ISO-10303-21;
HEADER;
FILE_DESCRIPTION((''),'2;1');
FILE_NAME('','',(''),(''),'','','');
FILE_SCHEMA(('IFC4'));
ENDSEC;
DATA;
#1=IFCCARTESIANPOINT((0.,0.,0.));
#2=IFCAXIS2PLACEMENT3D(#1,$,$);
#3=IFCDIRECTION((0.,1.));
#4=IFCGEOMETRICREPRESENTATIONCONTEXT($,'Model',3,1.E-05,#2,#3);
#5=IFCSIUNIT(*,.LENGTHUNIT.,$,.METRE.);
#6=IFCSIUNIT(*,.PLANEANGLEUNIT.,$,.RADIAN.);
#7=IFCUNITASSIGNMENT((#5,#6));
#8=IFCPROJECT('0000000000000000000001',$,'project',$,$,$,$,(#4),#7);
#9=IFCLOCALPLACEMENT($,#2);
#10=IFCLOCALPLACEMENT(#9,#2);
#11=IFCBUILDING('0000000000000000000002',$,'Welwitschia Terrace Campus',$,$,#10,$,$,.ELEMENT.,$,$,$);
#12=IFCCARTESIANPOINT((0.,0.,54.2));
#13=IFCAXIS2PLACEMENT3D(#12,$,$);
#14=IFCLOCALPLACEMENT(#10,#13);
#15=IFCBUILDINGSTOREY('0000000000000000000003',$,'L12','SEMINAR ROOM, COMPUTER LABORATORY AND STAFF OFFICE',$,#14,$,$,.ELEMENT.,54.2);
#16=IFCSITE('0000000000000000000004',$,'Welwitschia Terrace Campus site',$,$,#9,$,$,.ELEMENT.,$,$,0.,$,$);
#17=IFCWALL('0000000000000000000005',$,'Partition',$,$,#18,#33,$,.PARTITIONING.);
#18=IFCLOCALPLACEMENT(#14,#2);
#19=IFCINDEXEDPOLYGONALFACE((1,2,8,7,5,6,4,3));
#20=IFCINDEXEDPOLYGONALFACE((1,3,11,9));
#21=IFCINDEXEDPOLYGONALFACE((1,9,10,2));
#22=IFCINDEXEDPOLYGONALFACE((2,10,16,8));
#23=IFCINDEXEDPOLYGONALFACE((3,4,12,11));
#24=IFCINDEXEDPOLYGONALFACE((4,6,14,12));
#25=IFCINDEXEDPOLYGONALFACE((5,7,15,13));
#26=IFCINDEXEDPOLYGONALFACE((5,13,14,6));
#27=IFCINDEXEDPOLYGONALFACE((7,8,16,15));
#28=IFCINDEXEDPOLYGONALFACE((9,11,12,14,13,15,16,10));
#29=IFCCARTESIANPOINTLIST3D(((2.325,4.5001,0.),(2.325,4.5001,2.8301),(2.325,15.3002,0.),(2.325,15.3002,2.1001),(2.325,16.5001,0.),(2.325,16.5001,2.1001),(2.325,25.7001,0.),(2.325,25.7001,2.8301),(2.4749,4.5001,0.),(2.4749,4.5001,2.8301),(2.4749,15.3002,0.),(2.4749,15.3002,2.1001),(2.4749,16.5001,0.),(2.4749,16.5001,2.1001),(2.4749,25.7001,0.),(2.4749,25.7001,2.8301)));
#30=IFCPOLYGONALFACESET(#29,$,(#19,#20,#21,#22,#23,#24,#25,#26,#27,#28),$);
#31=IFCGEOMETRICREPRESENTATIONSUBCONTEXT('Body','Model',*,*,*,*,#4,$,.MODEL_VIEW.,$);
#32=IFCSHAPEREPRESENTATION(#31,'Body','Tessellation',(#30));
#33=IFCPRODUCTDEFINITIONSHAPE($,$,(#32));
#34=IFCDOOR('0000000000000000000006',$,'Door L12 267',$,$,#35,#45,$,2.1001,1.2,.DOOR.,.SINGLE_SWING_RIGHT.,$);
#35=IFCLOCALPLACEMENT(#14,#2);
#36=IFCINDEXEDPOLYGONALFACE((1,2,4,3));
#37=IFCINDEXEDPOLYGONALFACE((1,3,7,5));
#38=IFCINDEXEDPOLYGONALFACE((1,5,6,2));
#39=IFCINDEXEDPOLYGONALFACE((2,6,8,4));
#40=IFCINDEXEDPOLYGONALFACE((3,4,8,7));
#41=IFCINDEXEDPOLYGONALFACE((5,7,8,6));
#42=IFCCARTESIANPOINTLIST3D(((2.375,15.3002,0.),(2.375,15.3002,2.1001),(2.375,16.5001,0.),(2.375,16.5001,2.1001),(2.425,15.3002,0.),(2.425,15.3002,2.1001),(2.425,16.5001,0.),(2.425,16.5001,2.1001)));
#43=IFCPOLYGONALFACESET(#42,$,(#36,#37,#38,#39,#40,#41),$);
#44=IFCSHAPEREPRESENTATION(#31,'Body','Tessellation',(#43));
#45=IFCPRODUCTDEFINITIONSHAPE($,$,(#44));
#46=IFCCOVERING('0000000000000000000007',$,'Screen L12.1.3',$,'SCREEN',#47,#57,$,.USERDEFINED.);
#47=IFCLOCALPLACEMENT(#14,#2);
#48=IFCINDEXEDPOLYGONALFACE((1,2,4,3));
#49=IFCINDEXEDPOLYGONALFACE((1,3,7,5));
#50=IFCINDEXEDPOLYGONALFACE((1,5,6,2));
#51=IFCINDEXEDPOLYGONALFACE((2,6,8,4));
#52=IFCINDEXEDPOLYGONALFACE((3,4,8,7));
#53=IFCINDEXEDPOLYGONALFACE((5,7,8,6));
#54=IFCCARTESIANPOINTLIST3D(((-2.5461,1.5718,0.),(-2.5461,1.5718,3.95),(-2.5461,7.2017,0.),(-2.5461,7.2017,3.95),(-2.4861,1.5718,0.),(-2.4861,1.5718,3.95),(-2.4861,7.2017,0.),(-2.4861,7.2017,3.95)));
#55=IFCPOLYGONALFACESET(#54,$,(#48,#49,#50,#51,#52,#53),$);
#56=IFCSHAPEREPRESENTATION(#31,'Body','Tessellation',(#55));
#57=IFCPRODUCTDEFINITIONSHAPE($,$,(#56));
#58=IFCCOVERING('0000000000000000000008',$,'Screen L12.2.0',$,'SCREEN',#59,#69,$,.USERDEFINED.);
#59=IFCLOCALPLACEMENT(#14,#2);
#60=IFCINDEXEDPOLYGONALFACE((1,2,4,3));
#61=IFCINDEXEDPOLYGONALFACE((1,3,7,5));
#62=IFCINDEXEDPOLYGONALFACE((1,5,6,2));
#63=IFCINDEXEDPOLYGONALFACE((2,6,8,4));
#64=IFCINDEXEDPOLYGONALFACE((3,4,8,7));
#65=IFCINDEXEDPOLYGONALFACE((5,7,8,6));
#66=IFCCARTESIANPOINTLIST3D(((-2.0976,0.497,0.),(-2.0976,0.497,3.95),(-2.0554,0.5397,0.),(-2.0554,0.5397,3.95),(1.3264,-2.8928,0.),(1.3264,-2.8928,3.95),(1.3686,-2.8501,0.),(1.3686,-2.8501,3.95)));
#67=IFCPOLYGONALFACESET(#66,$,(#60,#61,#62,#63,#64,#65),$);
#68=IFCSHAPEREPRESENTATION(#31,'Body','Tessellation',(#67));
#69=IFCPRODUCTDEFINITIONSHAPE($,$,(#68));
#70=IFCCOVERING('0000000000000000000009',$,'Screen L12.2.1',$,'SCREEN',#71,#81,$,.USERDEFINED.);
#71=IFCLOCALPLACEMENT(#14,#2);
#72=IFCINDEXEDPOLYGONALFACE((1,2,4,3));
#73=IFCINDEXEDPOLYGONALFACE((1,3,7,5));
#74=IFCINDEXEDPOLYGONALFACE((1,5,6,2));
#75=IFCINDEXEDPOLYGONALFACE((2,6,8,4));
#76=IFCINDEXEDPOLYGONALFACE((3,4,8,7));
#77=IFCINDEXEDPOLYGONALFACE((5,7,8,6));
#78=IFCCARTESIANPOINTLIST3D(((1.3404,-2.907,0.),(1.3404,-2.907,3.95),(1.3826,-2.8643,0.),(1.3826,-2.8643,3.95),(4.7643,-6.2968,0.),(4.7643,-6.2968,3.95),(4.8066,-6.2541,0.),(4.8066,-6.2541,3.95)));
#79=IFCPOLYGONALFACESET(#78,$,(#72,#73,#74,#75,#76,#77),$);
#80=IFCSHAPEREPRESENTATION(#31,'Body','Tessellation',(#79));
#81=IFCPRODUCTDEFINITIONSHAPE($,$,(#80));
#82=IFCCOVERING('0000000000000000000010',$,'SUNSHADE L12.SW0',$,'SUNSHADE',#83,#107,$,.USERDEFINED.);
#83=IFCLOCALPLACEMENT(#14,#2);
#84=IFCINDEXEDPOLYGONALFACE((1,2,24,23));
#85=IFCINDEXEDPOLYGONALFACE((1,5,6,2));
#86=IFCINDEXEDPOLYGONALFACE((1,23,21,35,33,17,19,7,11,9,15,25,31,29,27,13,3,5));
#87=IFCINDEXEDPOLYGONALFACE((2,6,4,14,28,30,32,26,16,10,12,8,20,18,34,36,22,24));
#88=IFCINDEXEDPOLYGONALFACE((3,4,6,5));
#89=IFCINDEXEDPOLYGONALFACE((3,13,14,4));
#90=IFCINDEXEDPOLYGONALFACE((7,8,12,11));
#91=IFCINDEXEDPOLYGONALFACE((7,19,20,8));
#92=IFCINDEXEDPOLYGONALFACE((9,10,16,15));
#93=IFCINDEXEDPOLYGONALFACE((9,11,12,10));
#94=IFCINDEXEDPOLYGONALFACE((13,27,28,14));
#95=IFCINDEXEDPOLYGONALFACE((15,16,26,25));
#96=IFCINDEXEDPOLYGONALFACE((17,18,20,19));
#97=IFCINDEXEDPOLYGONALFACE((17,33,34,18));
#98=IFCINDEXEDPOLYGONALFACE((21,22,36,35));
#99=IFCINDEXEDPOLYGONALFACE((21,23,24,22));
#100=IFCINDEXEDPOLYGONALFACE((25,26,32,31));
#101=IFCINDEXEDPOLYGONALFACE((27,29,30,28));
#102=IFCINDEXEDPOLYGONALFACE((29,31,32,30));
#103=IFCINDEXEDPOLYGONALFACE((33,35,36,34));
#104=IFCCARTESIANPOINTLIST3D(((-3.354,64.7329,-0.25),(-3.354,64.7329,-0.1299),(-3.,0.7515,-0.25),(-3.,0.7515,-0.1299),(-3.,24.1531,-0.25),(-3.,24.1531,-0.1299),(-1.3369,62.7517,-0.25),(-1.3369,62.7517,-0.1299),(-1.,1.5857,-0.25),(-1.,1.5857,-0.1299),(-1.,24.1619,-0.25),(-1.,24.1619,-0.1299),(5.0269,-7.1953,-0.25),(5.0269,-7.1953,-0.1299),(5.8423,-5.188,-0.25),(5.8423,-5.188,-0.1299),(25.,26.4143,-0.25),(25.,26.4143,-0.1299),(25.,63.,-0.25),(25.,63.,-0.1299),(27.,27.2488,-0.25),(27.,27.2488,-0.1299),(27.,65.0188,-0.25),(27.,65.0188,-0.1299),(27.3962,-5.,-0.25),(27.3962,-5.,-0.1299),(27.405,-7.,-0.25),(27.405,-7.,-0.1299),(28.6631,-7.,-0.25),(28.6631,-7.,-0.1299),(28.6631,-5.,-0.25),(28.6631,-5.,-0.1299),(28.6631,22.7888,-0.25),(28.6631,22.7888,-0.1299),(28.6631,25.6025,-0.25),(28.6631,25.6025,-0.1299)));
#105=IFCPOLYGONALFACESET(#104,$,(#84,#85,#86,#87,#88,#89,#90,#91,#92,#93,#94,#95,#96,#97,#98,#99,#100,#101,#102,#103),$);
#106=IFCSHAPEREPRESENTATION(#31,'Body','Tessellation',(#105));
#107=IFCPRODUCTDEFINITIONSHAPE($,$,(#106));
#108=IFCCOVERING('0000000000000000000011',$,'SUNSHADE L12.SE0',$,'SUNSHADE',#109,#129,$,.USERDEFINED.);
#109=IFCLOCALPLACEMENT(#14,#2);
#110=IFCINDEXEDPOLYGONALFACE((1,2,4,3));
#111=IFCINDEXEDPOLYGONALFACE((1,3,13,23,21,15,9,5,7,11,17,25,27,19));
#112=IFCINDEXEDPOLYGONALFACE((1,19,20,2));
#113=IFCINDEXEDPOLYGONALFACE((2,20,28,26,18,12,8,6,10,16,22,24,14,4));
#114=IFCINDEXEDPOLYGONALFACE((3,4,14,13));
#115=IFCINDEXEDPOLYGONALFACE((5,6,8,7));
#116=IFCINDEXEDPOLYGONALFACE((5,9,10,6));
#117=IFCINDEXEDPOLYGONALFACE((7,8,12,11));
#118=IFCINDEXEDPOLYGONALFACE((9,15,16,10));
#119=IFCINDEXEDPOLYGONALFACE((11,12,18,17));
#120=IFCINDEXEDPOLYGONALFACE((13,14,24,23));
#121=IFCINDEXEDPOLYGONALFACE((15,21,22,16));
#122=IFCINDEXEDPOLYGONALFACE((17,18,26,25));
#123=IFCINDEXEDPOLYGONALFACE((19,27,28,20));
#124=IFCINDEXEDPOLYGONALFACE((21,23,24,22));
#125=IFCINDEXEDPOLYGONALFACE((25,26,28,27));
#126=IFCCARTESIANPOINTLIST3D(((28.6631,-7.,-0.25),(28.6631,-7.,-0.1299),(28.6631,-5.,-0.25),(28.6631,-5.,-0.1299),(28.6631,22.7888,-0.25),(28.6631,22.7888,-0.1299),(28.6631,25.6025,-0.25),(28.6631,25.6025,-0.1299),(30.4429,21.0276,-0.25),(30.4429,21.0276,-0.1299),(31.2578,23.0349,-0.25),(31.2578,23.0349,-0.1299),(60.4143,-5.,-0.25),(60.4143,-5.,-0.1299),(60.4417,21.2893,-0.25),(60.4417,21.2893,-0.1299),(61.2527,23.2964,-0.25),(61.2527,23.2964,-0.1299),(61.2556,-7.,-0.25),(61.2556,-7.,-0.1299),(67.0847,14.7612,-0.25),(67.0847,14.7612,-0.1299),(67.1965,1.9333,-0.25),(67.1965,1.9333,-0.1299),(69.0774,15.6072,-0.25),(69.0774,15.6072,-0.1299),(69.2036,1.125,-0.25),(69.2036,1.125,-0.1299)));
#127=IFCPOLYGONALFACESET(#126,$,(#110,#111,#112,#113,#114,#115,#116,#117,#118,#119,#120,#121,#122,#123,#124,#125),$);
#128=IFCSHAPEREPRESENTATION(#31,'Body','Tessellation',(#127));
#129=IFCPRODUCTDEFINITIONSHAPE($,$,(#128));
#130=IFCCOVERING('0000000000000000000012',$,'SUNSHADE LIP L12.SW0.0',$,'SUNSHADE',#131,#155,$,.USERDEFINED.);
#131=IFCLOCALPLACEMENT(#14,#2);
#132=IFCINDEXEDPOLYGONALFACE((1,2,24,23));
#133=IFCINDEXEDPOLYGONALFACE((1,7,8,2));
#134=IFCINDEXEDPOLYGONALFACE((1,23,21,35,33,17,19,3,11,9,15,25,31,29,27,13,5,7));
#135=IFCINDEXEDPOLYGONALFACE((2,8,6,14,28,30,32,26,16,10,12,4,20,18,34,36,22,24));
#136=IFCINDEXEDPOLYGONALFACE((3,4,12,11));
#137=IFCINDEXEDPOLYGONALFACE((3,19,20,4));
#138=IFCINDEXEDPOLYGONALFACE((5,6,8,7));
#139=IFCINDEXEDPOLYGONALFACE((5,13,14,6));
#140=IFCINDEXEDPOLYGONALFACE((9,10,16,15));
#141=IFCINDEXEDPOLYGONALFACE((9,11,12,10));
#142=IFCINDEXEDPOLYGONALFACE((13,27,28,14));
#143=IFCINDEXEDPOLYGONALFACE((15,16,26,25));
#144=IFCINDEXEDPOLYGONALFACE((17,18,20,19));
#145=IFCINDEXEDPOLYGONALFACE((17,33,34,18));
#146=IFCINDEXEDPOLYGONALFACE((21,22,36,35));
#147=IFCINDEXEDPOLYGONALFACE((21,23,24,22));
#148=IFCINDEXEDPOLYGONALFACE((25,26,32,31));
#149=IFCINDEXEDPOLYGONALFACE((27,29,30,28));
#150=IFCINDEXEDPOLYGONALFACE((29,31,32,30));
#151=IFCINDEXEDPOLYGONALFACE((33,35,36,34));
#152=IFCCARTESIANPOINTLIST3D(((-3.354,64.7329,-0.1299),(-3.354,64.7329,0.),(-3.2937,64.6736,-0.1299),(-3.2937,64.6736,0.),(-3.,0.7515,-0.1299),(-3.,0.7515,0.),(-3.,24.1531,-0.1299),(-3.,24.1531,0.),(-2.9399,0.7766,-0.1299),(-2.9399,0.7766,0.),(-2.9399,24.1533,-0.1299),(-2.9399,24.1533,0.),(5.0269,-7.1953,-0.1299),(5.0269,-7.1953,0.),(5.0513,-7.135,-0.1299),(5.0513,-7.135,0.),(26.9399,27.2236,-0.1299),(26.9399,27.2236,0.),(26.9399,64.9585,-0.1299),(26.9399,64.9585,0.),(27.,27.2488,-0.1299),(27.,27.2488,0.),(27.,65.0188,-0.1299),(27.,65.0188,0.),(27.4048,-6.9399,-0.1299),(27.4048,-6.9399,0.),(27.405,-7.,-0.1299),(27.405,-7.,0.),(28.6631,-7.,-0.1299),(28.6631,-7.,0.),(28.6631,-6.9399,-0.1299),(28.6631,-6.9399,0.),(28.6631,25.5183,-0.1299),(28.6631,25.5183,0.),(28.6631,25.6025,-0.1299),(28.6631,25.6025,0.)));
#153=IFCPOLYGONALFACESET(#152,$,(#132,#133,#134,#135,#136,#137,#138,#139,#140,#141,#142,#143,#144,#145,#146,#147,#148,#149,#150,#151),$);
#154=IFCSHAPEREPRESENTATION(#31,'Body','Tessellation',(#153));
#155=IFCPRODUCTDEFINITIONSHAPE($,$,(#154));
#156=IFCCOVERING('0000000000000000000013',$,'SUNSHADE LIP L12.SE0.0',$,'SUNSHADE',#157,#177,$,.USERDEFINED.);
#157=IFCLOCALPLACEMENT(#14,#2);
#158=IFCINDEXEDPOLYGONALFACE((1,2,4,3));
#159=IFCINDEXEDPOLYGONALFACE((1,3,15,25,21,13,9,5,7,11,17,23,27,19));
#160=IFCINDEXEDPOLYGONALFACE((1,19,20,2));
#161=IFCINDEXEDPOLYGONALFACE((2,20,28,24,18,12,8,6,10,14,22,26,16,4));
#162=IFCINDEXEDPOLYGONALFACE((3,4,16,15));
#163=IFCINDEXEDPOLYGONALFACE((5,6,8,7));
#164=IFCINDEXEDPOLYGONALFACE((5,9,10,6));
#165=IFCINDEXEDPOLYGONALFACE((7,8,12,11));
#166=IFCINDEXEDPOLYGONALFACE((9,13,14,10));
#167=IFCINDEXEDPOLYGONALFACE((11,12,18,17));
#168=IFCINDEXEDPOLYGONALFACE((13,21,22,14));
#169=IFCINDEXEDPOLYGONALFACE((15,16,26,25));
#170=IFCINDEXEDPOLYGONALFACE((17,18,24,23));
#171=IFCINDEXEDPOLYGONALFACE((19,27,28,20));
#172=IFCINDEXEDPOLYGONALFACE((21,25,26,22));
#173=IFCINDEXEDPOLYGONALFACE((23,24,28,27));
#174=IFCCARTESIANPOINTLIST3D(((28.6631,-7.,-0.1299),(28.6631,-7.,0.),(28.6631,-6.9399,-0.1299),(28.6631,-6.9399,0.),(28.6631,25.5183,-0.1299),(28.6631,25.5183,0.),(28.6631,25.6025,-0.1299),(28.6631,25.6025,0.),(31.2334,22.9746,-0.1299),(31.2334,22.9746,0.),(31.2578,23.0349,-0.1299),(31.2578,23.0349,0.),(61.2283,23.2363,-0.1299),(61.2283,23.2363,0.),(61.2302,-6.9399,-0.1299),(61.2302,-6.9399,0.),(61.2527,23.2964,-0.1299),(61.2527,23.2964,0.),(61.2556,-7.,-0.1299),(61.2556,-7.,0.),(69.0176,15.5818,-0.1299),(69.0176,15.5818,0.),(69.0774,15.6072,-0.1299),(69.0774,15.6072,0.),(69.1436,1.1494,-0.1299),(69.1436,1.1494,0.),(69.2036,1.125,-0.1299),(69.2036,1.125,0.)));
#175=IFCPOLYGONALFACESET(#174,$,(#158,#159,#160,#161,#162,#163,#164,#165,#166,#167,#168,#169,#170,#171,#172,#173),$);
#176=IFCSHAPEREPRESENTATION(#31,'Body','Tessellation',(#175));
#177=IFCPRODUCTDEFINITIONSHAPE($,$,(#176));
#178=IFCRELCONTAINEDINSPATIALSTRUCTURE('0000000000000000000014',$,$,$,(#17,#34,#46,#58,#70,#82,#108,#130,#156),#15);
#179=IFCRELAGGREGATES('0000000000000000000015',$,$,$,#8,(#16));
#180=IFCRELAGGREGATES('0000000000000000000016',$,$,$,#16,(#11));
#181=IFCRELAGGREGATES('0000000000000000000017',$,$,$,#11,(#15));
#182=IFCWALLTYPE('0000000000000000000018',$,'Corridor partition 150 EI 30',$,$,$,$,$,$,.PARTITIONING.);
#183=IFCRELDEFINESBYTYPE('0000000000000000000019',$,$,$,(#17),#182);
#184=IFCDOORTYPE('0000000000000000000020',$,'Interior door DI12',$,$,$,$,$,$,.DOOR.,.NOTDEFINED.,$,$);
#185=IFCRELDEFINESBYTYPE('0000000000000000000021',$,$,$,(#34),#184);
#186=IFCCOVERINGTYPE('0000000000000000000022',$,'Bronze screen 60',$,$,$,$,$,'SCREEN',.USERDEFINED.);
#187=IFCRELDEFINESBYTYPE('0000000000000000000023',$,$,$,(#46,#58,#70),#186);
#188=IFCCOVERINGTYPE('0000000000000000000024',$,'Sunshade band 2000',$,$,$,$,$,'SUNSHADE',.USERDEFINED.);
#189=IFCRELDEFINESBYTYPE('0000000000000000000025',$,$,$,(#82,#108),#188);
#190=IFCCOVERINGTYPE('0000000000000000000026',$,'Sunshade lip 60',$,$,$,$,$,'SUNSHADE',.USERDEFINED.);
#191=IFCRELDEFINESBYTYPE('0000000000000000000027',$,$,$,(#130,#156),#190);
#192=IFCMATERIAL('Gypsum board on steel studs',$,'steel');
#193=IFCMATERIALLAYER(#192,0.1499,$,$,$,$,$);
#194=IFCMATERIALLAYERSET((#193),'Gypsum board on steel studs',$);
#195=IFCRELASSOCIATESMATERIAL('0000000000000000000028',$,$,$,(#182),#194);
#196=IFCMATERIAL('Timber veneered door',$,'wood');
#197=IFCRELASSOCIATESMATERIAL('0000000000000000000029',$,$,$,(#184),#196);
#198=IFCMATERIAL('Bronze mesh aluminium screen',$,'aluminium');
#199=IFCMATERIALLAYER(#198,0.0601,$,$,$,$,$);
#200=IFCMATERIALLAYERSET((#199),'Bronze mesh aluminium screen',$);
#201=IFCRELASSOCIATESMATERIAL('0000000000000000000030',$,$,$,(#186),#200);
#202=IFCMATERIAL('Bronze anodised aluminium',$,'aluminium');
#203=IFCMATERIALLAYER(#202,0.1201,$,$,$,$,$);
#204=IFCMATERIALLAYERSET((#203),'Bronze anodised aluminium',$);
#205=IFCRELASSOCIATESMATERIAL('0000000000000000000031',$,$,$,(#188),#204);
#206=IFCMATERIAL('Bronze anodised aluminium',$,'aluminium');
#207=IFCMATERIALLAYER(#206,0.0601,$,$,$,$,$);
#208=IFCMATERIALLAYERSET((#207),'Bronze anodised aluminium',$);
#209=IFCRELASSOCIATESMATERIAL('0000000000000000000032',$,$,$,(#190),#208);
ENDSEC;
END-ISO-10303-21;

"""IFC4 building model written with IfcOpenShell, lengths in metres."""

from ifc_helpers import new_model, si_unit, direction, frame, frame_2d, origin, origin_2d, place, context, subcontext, project, spatial, polyline, rectangle, outline, extrude, material, layer, layer_set, type_object, element, fill, save


model = new_model("IFC4")

# Units and contexts
model_context = context("Model", 3, precision=1e-05, world=origin(), true_north=direction((0.0, 1.0)))
body_context = subcontext(model_context, "Body", "Model", "MODEL_VIEW")
ifc_project = project(units=[si_unit("LENGTHUNIT", "METRE"), si_unit("PLANEANGLEUNIT", "RADIAN")], contexts=[model_context])

# Site, building, storey
site_placement = place(None, origin())
site = spatial("IfcSite", under=ifc_project, at=site_placement, Name="Welwitschia Terrace Campus site", CompositionType="ELEMENT", RefElevation=0.0)
building_placement = place(site_placement, origin())
building = spatial("IfcBuilding", under=site, at=building_placement, Name="Welwitschia Terrace Campus", CompositionType="ELEMENT")
storey_placement = place(building_placement, frame((0.0, 0.0, 54.2)))
storey = spatial("IfcBuildingStorey", under=building, at=storey_placement, Name="L12", Description="SEMINAR ROOM, COMPUTER LABORATORY AND STAFF OFFICE", CompositionType="ELEMENT", Elevation=54.2)

# Shared definitions
ifc_material_1 = material(Name="Gypsum board on steel studs", Category="steel")
ifc_layer_1 = layer(ifc_material_1, 0.1499)
ifc_layer_set_1 = layer_set([ifc_layer_1], Name="Gypsum board on steel studs")
wall_type = type_object("IfcWallType", Name="Corridor partition 150 EI 30", PredefinedType="PARTITIONING", material=ifc_layer_set_1)

# Wall, opening, door
wall_1_placement = place(storey_placement, frame((2.3999, 4.5, 0.0), z_axis=(0.0, 0.0, 1.0), x_axis=(0.0, 1.0, 0.0)))
wall_1 = element("IfcWall", 1, at=wall_1_placement, inside=storey, type_object=wall_type, Name="Partition", PredefinedType="PARTITIONING", context=body_context, shape_type="SweptSolid", body=[
    extrude(rectangle(XDim=21.2, YDim=0.1499, at=frame_2d((10.6001, 0.0))), origin(), (0.0, 0.0, 1.0), 2.8301),
])
opening_placement = place(wall_1_placement, frame((10.8, 0.0, 0.0)))
opening = element("IfcOpeningElement", 2, at=opening_placement, cuts=wall_1, PredefinedType="OPENING", context=body_context, shape_type="SweptSolid", body=[
    extrude(rectangle(XDim=1.2, YDim=2.1001, at=frame_2d((0.6001, 1.05))), frame((0.0, 0.085, 0.0), z_axis=(0.0, -1.0, 0.0), x_axis=(1.0, 0.0, 0.0)), (0.0, 0.0, 1.0), 0.1699),
])
ifc_material_2 = material(Name="Timber veneered door", Category="wood")
door_type = type_object("IfcDoorType", Name="Interior door DI12", OperationType="NOTDEFINED", PredefinedType="DOOR", material=ifc_material_2)
door_placement = place(opening_placement, origin())
door = element("IfcDoor", 3, at=door_placement, inside=storey, type_object=door_type, Name="Door L12 267", OperationType="SINGLE_SWING_RIGHT", OverallHeight=2.1001, OverallWidth=1.2, PredefinedType="DOOR", context=body_context, shape_type="SweptSolid", body=[
    extrude(rectangle(XDim=1.2, YDim=2.1001, at=frame_2d((0.6001, 1.05))), frame((0.0, 0.0249, 0.0), z_axis=(0.0, -1.0, 0.0), x_axis=(1.0, 0.0, 0.0)), (0.0, 0.0, 1.0), 0.05),
])
fill(opening, door)

# Coverings
ifc_material_3 = material(Name="Bronze mesh aluminium screen", Category="aluminium")
ifc_layer_2 = layer(ifc_material_3, 0.0601)
ifc_layer_set_2 = layer_set([ifc_layer_2], Name="Bronze mesh aluminium screen")
covering_type_1 = type_object("IfcCoveringType", Name="Bronze screen 60", ElementType="SCREEN", PredefinedType="USERDEFINED", material=ifc_layer_set_2)
covering_1_placement = place(storey_placement, frame((-2.5161, 4.3867, 0.0), z_axis=(0.0, 0.0, 1.0), x_axis=(0.0, -1.0, 0.0)))
element("IfcCovering", 4, at=covering_1_placement, inside=storey, type_object=covering_type_1, Name="Screen L12.1.3", ObjectType="SCREEN", PredefinedType="USERDEFINED", context=body_context, shape_type="SweptSolid", body=[
    extrude(rectangle(XDim=5.6299, YDim=0.0601, at=origin_2d()), origin(), (0.0, 0.0, 1.0), 3.95),
])
for number, where, z_axis, x_axis, name in (
    (5, (-0.3645, -1.1765, 0.0), (0.0, 0.0, 1.0), (0.710644, -0.703552, 0.0), "Screen L12.2.0"),
    (6, (3.0735, -4.5806, 0.0), (0.0, 0.0, 1.0), (0.710644, -0.703552, 0.0), "Screen L12.2.1"),
):
    element("IfcCovering", number, at=place(storey_placement, frame(where, z_axis=z_axis, x_axis=x_axis)), inside=storey, type_object=covering_type_1, Name=name, ObjectType="SCREEN", PredefinedType="USERDEFINED", context=body_context, shape_type="SweptSolid", body=[
        extrude(rectangle(XDim=4.8181, YDim=0.0601, at=origin_2d()), origin(), (0.0, 0.0, 1.0), 3.95),
    ])
ifc_material_4 = material(Name="Bronze anodised aluminium", Category="aluminium")
ifc_layer_3 = layer(ifc_material_4, 0.1201)
ifc_layer_set_3 = layer_set([ifc_layer_3], Name="Bronze anodised aluminium")
covering_type_2 = type_object("IfcCoveringType", Name="Sunshade band 2000", ElementType="SUNSHADE", PredefinedType="USERDEFINED", material=ifc_layer_set_3)
covering_2_placement = place(storey_placement, frame((0.0, 0.0, -0.25)))
element("IfcCovering", 7, at=covering_2_placement, inside=storey, type_object=covering_type_2, Name="SUNSHADE L12.SW0", ObjectType="SUNSHADE", PredefinedType="USERDEFINED", context=body_context, shape_type="SweptSolid", body=[
    extrude(outline(polyline([(27.0, 27.2488), (28.6631, 25.6025), (28.6631, 22.7888), (25.0, 26.4143), (25.0, 63.0), (-1.3369, 62.7517), (-1.0, 24.1619), (-1.0, 1.5857), (5.8423, -5.188), (27.3962, -5.0), (28.6631, -5.0), (28.6631, -7.0), (27.405, -7.0), (5.0269, -7.1953), (-3.0, 0.7515), (-3.0, 24.1531), (-3.354, 64.7329), (27.0, 65.0188), (27.0, 27.2488)])), origin(), (0.0, 0.0, 1.0), 0.1201),
])
covering_3_placement = place(storey_placement, frame((0.0, 0.0, -0.25)))
element("IfcCovering", 8, at=covering_3_placement, inside=storey, type_object=covering_type_2, Name="SUNSHADE L12.SE0", ObjectType="SUNSHADE", PredefinedType="USERDEFINED", context=body_context, shape_type="SweptSolid", body=[
    extrude(outline(polyline([(31.2578, 23.0349), (61.2527, 23.2964), (69.0774, 15.6072), (69.2036, 1.125), (61.2556, -7.0), (28.6631, -7.0), (28.6631, -5.0), (60.4143, -5.0), (67.1965, 1.9333), (67.0847, 14.7612), (60.4417, 21.2893), (30.4429, 21.0276), (28.6631, 22.7888), (28.6631, 25.6025), (31.2578, 23.0349)])), origin(), (0.0, 0.0, 1.0), 0.1201),
])
ifc_material_5 = material(Name="Bronze anodised aluminium", Category="aluminium")
ifc_layer_4 = layer(ifc_material_5, 0.0601)
ifc_layer_set_4 = layer_set([ifc_layer_4], Name="Bronze anodised aluminium")
covering_type_3 = type_object("IfcCoveringType", Name="Sunshade lip 60", ElementType="SUNSHADE", PredefinedType="USERDEFINED", material=ifc_layer_set_4)
covering_4_placement = place(storey_placement, frame((0.0, 0.0, -0.1299)))
element("IfcCovering", 9, at=covering_4_placement, inside=storey, type_object=covering_type_3, Name="SUNSHADE LIP L12.SW0.0", ObjectType="SUNSHADE", PredefinedType="USERDEFINED", context=body_context, shape_type="SweptSolid", body=[
    extrude(outline(polyline([(28.6631, 25.6025), (28.6631, 25.5183), (26.9399, 27.2236), (26.9399, 64.9585), (-3.2937, 64.6736), (-2.9399, 24.1533), (-2.9399, 0.7766), (5.0513, -7.135), (27.4048, -6.9399), (28.6631, -6.9399), (28.6631, -7.0), (27.405, -7.0), (5.0269, -7.1953), (-3.0, 0.7515), (-3.0, 24.1531), (-3.354, 64.7329), (27.0, 65.0188), (27.0, 27.2488), (28.6631, 25.6025)])), origin(), (0.0, 0.0, 1.0), 0.1299),
])
covering_5_placement = place(storey_placement, frame((0.0, 0.0, -0.1299)))
element("IfcCovering", 10, at=covering_5_placement, inside=storey, type_object=covering_type_3, Name="SUNSHADE LIP L12.SE0.0", ObjectType="SUNSHADE", PredefinedType="USERDEFINED", context=body_context, shape_type="SweptSolid", body=[
    extrude(outline(polyline([(61.2527, 23.2964), (69.0774, 15.6072), (69.2036, 1.125), (61.2556, -7.0), (28.6631, -7.0), (28.6631, -6.9399), (61.2302, -6.9399), (69.1436, 1.1494), (69.0176, 15.5818), (61.2283, 23.2363), (31.2334, 22.9746), (28.6631, 25.5183), (28.6631, 25.6025), (31.2578, 23.0349), (61.2527, 23.2964)])), origin(), (0.0, 0.0, 1.0), 0.1299),
])

save(model, "model.ifc")
